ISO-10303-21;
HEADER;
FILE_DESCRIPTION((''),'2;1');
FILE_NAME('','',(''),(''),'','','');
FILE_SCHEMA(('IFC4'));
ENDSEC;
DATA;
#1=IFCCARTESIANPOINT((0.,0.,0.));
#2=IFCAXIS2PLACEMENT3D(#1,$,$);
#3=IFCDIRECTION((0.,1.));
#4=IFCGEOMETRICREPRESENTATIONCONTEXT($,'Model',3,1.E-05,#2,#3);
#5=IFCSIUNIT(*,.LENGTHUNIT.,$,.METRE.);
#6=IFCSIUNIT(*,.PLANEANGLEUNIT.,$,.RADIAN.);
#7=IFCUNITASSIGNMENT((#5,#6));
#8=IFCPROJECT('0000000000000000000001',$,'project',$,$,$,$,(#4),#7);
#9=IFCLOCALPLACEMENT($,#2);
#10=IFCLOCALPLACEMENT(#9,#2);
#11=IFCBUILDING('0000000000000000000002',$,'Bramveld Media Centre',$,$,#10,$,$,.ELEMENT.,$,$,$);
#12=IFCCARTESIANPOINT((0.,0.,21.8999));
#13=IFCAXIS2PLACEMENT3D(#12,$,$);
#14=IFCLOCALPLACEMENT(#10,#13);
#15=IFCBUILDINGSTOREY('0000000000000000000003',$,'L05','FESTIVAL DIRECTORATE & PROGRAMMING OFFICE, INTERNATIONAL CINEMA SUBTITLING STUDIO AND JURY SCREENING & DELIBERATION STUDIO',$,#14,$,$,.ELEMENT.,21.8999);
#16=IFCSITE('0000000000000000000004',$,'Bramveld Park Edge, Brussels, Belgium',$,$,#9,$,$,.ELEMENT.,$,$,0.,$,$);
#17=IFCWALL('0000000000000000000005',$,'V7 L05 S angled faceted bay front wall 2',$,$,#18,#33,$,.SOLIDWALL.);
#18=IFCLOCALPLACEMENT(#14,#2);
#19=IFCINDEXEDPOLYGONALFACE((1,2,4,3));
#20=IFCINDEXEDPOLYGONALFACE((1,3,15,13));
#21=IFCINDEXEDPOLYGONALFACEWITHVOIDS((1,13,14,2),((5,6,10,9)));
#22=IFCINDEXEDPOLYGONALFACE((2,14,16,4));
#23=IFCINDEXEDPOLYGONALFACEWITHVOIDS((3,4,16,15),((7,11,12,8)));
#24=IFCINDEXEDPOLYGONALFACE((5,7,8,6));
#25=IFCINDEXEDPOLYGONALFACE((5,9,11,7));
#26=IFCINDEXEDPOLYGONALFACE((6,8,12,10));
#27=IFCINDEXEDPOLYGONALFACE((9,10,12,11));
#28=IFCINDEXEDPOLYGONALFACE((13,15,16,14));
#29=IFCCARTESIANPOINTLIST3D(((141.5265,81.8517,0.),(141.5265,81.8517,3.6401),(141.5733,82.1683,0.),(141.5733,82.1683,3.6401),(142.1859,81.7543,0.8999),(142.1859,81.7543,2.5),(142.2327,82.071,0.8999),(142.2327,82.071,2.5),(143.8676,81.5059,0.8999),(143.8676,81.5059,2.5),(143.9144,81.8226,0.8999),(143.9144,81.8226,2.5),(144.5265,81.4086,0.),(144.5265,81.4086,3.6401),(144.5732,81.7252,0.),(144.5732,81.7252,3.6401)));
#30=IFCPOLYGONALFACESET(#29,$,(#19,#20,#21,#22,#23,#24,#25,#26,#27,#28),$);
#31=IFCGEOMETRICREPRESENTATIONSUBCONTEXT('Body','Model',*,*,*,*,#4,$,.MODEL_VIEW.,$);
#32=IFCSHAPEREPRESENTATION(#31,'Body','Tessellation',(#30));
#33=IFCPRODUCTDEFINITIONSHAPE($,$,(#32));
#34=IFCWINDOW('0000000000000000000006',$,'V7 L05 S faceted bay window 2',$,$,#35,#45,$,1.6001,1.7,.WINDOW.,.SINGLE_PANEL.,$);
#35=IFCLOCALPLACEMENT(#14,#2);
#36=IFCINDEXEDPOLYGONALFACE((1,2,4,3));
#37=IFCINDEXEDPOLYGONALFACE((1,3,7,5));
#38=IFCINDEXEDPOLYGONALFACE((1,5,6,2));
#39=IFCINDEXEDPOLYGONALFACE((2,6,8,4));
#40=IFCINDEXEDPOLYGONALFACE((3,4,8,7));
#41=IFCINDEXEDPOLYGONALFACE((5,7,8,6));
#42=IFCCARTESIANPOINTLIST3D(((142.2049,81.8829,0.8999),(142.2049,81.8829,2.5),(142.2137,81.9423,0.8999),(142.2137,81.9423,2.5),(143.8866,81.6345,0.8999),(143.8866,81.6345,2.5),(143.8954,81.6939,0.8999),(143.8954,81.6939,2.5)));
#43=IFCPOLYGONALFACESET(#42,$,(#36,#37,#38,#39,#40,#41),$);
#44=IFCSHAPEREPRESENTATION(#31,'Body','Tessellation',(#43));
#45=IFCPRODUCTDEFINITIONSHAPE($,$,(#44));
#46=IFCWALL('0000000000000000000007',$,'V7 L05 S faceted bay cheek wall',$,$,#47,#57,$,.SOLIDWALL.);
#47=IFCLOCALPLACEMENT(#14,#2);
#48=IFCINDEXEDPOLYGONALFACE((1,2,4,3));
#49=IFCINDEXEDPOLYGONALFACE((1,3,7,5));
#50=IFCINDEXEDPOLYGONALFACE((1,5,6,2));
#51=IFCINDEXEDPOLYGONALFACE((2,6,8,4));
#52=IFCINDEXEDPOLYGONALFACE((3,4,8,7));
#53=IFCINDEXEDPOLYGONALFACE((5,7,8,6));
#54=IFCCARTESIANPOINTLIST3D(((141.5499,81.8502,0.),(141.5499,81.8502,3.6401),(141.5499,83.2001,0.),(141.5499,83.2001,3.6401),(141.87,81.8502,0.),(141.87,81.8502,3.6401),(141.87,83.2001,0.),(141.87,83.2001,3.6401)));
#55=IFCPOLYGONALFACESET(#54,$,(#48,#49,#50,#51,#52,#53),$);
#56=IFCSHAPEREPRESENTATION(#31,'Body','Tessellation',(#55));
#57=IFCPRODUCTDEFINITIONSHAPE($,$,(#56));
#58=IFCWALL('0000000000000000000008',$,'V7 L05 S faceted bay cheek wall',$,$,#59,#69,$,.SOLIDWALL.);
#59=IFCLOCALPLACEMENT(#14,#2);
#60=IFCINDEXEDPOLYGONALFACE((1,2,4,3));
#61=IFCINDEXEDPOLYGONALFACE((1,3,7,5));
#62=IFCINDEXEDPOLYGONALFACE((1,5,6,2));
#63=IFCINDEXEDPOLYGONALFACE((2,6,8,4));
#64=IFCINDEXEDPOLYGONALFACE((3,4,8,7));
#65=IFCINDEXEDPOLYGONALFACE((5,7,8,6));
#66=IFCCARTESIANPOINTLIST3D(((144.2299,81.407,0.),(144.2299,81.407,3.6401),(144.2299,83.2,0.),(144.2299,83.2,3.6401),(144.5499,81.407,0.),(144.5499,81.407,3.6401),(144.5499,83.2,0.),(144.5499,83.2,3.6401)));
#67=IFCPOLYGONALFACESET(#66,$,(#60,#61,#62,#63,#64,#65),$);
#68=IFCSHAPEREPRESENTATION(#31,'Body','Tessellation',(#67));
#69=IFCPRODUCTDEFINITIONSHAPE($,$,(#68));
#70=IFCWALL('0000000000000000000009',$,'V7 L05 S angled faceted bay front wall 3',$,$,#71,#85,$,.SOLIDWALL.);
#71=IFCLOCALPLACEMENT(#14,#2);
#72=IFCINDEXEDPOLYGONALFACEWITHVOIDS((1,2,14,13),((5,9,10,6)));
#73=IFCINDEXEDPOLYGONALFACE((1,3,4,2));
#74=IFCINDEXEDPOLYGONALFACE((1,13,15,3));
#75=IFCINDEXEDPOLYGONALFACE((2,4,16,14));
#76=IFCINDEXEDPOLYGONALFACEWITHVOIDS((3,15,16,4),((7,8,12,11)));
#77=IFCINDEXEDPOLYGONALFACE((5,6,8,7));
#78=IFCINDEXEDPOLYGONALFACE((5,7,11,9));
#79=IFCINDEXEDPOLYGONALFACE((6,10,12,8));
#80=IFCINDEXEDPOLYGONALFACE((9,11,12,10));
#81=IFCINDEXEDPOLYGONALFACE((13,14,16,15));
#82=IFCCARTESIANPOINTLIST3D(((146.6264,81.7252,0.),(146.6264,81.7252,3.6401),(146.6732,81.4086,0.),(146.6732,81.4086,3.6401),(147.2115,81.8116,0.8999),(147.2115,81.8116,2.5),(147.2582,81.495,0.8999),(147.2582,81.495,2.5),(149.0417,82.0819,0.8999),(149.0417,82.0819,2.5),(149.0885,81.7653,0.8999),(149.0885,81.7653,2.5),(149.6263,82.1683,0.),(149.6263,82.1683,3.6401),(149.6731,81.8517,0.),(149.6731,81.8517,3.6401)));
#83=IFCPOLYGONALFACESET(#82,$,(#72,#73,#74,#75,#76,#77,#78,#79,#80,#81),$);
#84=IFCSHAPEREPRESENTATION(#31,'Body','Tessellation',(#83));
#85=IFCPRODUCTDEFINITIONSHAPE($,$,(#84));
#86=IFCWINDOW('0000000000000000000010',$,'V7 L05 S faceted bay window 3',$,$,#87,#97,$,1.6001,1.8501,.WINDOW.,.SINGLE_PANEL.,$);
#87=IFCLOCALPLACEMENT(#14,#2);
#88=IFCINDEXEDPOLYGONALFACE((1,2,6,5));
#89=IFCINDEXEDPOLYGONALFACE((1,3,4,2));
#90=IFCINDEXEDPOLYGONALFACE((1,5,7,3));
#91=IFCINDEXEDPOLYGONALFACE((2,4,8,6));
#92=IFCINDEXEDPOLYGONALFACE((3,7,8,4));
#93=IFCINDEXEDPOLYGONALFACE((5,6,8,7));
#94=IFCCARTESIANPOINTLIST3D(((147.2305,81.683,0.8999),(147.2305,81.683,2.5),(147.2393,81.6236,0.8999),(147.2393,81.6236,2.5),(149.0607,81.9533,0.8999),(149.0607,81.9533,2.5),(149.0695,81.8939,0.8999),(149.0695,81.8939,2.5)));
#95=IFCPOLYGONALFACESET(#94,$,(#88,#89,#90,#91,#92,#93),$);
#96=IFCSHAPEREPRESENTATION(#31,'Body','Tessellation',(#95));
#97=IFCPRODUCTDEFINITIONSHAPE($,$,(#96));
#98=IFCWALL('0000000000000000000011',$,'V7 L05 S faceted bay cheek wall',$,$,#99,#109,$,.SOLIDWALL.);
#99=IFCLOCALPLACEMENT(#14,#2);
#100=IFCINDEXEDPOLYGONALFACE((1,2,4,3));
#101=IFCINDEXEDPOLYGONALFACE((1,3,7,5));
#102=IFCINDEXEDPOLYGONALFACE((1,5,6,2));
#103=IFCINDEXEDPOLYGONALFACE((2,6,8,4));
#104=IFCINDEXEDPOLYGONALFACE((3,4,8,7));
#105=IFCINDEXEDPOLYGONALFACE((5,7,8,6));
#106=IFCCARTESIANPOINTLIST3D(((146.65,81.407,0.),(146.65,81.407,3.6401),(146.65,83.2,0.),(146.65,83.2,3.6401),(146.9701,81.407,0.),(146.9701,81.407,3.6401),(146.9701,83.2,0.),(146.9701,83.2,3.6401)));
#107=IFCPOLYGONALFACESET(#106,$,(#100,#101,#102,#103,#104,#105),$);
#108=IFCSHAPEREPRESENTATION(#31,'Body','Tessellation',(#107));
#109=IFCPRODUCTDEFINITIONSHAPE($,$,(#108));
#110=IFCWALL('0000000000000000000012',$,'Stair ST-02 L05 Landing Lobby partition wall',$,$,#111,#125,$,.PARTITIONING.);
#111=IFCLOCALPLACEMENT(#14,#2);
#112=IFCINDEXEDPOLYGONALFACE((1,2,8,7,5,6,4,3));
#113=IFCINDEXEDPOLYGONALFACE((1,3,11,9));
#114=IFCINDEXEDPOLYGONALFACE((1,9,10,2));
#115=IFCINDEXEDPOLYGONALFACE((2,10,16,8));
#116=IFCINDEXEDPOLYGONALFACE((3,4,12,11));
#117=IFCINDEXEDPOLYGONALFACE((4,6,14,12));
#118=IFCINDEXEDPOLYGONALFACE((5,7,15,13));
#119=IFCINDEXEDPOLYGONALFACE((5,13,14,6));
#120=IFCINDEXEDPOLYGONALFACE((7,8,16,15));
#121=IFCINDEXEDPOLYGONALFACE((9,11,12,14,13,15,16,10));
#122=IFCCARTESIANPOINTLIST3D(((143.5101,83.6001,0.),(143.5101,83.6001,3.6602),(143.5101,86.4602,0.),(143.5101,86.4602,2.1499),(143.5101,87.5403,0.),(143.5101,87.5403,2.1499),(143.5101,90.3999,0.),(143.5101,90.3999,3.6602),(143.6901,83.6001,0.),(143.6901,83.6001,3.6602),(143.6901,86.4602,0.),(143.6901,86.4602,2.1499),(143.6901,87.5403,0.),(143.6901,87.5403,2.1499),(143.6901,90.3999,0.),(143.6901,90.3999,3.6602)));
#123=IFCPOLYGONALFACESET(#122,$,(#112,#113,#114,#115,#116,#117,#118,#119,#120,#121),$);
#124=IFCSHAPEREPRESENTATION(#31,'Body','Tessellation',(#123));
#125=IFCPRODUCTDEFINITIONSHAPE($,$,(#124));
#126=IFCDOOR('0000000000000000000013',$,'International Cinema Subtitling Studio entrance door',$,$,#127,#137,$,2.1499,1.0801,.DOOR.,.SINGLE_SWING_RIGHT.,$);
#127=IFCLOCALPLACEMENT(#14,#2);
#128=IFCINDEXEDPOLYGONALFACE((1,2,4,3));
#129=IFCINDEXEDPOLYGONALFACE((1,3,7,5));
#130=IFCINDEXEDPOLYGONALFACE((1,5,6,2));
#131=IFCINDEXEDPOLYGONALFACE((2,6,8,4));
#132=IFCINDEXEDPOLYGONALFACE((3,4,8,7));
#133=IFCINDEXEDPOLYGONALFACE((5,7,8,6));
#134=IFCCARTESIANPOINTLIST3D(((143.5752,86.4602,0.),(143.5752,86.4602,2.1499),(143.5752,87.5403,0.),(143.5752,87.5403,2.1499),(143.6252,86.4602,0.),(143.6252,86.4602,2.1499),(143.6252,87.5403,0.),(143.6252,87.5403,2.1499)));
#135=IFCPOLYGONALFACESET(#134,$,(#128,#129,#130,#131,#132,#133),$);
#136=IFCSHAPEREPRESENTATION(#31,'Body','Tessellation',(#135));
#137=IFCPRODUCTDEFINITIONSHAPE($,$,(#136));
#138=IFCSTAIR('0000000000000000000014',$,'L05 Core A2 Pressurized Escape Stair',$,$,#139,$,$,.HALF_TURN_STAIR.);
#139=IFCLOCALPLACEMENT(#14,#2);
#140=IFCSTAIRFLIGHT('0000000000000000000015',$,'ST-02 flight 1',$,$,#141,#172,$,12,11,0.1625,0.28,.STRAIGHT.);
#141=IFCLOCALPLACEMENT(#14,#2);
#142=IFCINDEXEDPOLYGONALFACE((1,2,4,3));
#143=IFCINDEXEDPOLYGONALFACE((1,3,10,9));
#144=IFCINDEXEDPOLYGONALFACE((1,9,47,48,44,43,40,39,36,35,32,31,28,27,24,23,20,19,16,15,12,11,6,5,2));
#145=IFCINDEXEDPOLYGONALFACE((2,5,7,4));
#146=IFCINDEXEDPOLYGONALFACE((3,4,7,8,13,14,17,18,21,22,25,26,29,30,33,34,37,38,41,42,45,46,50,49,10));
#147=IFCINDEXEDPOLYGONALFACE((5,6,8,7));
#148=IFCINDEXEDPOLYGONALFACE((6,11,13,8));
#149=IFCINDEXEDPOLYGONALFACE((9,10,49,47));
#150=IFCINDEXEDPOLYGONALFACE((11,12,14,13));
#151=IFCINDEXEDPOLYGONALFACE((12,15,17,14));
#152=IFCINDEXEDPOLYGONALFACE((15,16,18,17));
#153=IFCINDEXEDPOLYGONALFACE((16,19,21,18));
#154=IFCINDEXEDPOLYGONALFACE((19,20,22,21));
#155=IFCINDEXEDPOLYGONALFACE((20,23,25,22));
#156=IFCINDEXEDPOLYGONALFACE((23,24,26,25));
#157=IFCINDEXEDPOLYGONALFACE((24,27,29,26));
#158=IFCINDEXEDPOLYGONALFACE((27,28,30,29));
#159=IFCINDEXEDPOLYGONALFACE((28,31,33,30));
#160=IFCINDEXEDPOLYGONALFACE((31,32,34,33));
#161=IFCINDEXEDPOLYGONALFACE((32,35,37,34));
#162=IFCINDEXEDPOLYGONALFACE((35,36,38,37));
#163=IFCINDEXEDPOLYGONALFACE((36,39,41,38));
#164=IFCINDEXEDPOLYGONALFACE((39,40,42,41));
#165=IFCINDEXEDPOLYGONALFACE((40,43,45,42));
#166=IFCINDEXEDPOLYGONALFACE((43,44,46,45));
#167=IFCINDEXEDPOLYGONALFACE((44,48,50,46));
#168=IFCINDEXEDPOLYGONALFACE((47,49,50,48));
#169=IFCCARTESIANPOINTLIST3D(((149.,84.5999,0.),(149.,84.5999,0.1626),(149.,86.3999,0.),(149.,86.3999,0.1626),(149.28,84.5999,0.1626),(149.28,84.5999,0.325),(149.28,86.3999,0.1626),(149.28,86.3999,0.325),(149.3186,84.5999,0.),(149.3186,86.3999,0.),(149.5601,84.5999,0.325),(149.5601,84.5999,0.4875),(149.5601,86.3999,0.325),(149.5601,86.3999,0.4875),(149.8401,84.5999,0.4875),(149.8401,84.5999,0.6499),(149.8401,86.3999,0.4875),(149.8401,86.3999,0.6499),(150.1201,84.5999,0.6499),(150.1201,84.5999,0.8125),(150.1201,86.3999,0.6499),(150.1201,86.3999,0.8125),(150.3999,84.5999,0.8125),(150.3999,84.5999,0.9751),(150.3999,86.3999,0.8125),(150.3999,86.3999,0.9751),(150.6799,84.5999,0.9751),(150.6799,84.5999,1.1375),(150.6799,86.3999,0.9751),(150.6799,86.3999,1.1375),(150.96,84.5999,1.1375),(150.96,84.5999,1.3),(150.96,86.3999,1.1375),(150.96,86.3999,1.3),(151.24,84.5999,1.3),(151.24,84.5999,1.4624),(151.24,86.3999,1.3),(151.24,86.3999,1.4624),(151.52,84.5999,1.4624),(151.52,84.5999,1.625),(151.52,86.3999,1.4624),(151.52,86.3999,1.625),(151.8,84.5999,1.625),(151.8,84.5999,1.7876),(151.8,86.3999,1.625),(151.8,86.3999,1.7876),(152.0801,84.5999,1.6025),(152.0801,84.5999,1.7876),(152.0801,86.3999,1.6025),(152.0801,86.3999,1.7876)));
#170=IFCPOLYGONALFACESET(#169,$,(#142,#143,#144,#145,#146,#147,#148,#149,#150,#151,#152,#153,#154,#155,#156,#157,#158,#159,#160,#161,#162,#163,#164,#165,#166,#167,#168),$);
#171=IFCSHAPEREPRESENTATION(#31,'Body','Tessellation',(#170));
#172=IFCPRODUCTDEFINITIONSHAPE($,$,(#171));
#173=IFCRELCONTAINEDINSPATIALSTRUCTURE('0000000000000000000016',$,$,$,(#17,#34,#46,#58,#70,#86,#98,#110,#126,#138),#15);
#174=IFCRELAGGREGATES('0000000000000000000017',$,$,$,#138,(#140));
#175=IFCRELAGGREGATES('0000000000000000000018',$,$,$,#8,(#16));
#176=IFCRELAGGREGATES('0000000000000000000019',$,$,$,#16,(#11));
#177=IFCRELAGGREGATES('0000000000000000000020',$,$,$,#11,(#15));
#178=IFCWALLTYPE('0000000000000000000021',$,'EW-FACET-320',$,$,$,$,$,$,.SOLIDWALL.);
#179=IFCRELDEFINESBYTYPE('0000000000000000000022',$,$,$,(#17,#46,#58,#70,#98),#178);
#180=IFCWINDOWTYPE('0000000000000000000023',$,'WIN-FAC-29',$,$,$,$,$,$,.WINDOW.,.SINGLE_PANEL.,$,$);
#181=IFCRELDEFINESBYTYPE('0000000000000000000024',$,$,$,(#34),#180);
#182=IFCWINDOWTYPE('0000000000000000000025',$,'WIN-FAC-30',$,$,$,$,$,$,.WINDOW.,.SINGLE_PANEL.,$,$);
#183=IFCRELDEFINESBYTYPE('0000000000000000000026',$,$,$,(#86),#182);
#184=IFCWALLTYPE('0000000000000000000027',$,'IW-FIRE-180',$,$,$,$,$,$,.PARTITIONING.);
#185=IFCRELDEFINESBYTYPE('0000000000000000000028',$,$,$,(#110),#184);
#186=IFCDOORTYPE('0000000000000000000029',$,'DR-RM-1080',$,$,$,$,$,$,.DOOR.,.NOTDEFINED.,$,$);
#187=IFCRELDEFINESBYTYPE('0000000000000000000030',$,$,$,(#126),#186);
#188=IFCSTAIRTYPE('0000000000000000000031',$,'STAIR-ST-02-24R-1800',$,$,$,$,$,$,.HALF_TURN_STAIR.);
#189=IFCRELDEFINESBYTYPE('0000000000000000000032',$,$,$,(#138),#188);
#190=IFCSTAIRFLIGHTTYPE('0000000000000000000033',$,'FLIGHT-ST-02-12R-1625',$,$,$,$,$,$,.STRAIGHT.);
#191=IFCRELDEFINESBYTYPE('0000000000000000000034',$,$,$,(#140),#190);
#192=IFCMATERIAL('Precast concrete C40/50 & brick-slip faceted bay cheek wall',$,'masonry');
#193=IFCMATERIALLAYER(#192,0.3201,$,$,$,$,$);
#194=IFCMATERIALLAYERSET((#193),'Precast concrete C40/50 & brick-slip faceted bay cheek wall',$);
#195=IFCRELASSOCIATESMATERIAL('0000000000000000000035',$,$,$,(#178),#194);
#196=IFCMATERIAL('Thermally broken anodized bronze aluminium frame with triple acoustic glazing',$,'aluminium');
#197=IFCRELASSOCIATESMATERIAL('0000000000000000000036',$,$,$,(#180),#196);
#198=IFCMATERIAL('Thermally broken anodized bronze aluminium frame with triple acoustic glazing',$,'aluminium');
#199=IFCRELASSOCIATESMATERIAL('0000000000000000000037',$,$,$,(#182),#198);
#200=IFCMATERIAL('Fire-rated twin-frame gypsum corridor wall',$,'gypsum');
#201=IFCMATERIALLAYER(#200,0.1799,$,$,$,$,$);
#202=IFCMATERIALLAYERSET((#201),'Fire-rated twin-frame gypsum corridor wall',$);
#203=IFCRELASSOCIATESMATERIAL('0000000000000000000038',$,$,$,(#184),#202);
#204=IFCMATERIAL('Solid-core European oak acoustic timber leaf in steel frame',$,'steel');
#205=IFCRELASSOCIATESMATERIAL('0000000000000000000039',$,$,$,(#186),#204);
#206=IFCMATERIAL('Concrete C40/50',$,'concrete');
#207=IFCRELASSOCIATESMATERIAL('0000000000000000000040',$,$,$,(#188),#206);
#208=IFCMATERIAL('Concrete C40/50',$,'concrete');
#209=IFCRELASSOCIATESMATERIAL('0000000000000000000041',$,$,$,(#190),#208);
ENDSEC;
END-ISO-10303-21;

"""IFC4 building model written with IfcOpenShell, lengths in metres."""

from ifc_helpers import new_model, si_unit, direction, frame, frame_2d, origin, place, context, subcontext, project, spatial, polyline, rectangle, outline, extrude, material, layer, layer_set, type_object, element, fill, aggregate, save


model = new_model("IFC4")

# Units and contexts
model_context = context("Model", 3, precision=1e-05, world=origin(), true_north=direction((0.0, 1.0)))
body_context = subcontext(model_context, "Body", "Model", "MODEL_VIEW")
ifc_project = project(units=[si_unit("LENGTHUNIT", "METRE"), si_unit("PLANEANGLEUNIT", "RADIAN")], contexts=[model_context])

# Site, building, storey
site_placement = place(None, origin())
site = spatial("IfcSite", under=ifc_project, at=site_placement, Name="Bramveld Park Edge, Brussels, Belgium", CompositionType="ELEMENT", RefElevation=0.0)
building_placement = place(site_placement, origin())
building = spatial("IfcBuilding", under=site, at=building_placement, Name="Bramveld Media Centre", CompositionType="ELEMENT")
storey_placement = place(building_placement, frame((0.0, 0.0, 21.8999)))
storey = spatial("IfcBuildingStorey", under=building, at=storey_placement, Name="L05", Description="FESTIVAL DIRECTORATE & PROGRAMMING OFFICE, INTERNATIONAL CINEMA SUBTITLING STUDIO AND JURY SCREENING & DELIBERATION STUDIO", CompositionType="ELEMENT", Elevation=21.8999)

# Wall, opening, window
ifc_material_1 = material(Name="Precast concrete C40/50 & brick-slip faceted bay cheek wall", Category="masonry")
ifc_layer_1 = layer(ifc_material_1, 0.3201)
ifc_layer_set_1 = layer_set([ifc_layer_1], Name="Precast concrete C40/50 & brick-slip faceted bay cheek wall")
wall_type_1 = type_object("IfcWallType", Name="EW-FACET-320", PredefinedType="SOLIDWALL", material=ifc_layer_set_1)
wall_1_placement = place(storey_placement, frame((141.55, 82.01, 0.0), z_axis=(0.0, 0.0, 1.0), x_axis=(0.989267, -0.14612, 0.0)))
wall_1 = element("IfcWall", 1, at=wall_1_placement, inside=storey, type_object=wall_type_1, Name="V7 L05 S angled faceted bay front wall 2", PredefinedType="SOLIDWALL", context=body_context, shape_type="SweptSolid", body=[
    extrude(rectangle(XDim=3.0325, YDim=0.3201, at=frame_2d((1.5161, 0.0))), origin(), (0.0, 0.0, 1.0), 3.6401),
])
opening_1_placement = place(wall_1_placement, frame((0.6663, 0.0, 0.8999)))
opening_1 = element("IfcOpeningElement", 2, at=opening_1_placement, cuts=wall_1, PredefinedType="OPENING", context=body_context, shape_type="SweptSolid", body=[
    extrude(rectangle(XDim=1.7, YDim=1.6001, at=frame_2d((0.8501, 0.8))), frame((0.0, 0.1719, 0.0), z_axis=(0.0, -1.0, 0.0), x_axis=(1.0, 0.0, 0.0)), (0.0, 0.0, 1.0), 0.344),
])
ifc_material_2 = material(Name="Thermally broken anodized bronze aluminium frame with triple acoustic glazing", Category="aluminium")
window_type_1 = type_object("IfcWindowType", Name="WIN-FAC-29", PartitioningType="SINGLE_PANEL", PredefinedType="WINDOW", material=ifc_material_2)
window_1_placement = place(opening_1_placement, origin())
window_1 = element("IfcWindow", 3, at=window_1_placement, inside=storey, type_object=window_type_1, Name="V7 L05 S faceted bay window 2", OverallHeight=1.6001, OverallWidth=1.7, PartitioningType="SINGLE_PANEL", PredefinedType="WINDOW", context=body_context, shape_type="SweptSolid", body=[
    extrude(rectangle(XDim=1.7, YDim=1.6001, at=frame_2d((0.8501, 0.8))), frame((0.0, 0.03, 0.0), z_axis=(0.0, -1.0, 0.0), x_axis=(1.0, 0.0, 0.0)), (0.0, 0.0, 1.0), 0.0601),
])
fill(opening_1, window_1)

# Walls
wall_2_placement = place(storey_placement, frame((141.71, 83.2, 0.0), z_axis=(0.0, 0.0, 1.0), x_axis=(0.0, -1.0, 0.0)))
element("IfcWall", 4, at=wall_2_placement, inside=storey, type_object=wall_type_1, Name="V7 L05 S faceted bay cheek wall", PredefinedType="SOLIDWALL", context=body_context, shape_type="SweptSolid", body=[
    extrude(rectangle(XDim=1.3499, YDim=0.3201, at=frame_2d((0.6748, 0.0))), origin(), (0.0, 0.0, 1.0), 3.6401),
])
wall_3_placement = place(storey_placement, frame((144.3899, 83.2, 0.0), z_axis=(0.0, 0.0, 1.0), x_axis=(0.0, -1.0, 0.0)))
element("IfcWall", 5, at=wall_3_placement, inside=storey, type_object=wall_type_1, Name="V7 L05 S faceted bay cheek wall", PredefinedType="SOLIDWALL", context=body_context, shape_type="SweptSolid", body=[
    extrude(rectangle(XDim=1.793, YDim=0.3201, at=frame_2d((0.8965, 0.0))), origin(), (0.0, 0.0, 1.0), 3.6401),
])

# Wall, opening, window
wall_4_placement = place(storey_placement, frame((146.6499, 81.5669, 0.0), z_axis=(0.0, 0.0, 1.0), x_axis=(0.989267, 0.14612, 0.0)))
wall_4 = element("IfcWall", 6, at=wall_4_placement, inside=storey, type_object=wall_type_1, Name="V7 L05 S angled faceted bay front wall 3", PredefinedType="SOLIDWALL", context=body_context, shape_type="SweptSolid", body=[
    extrude(rectangle(XDim=3.0325, YDim=0.3201, at=frame_2d((1.5161, 0.0))), origin(), (0.0, 0.0, 1.0), 3.6401),
])
opening_2_placement = place(wall_4_placement, frame((0.5913, 0.0, 0.8999)))
opening_2 = element("IfcOpeningElement", 7, at=opening_2_placement, cuts=wall_4, PredefinedType="OPENING", context=body_context, shape_type="SweptSolid", body=[
    extrude(rectangle(XDim=1.8501, YDim=1.6001, at=frame_2d((0.925, 0.8))), frame((0.0, 0.1719, 0.0), z_axis=(0.0, -1.0, 0.0), x_axis=(1.0, 0.0, 0.0)), (0.0, 0.0, 1.0), 0.344),
])
ifc_material_3 = material(Name="Thermally broken anodized bronze aluminium frame with triple acoustic glazing", Category="aluminium")
window_type_2 = type_object("IfcWindowType", Name="WIN-FAC-30", PartitioningType="SINGLE_PANEL", PredefinedType="WINDOW", material=ifc_material_3)
window_2_placement = place(opening_2_placement, origin())
window_2 = element("IfcWindow", 8, at=window_2_placement, inside=storey, type_object=window_type_2, Name="V7 L05 S faceted bay window 3", OverallHeight=1.6001, OverallWidth=1.8501, PartitioningType="SINGLE_PANEL", PredefinedType="WINDOW", context=body_context, shape_type="SweptSolid", body=[
    extrude(rectangle(XDim=1.8501, YDim=1.6001, at=frame_2d((0.925, 0.8))), frame((0.0, 0.03, 0.0), z_axis=(0.0, -1.0, 0.0), x_axis=(1.0, 0.0, 0.0)), (0.0, 0.0, 1.0), 0.0601),
])
fill(opening_2, window_2)

# Wall
wall_5_placement = place(storey_placement, frame((146.8101, 83.2, 0.0), z_axis=(0.0, 0.0, 1.0), x_axis=(0.0, -1.0, 0.0)))
element("IfcWall", 9, at=wall_5_placement, inside=storey, type_object=wall_type_1, Name="V7 L05 S faceted bay cheek wall", PredefinedType="SOLIDWALL", context=body_context, shape_type="SweptSolid", body=[
    extrude(rectangle(XDim=1.793, YDim=0.3201, at=frame_2d((0.8965, 0.0))), origin(), (0.0, 0.0, 1.0), 3.6401),
])

# Wall, opening, door
ifc_material_4 = material(Name="Fire-rated twin-frame gypsum corridor wall", Category="gypsum")
ifc_layer_2 = layer(ifc_material_4, 0.1799)
ifc_layer_set_2 = layer_set([ifc_layer_2], Name="Fire-rated twin-frame gypsum corridor wall")
wall_type_2 = type_object("IfcWallType", Name="IW-FIRE-180", PredefinedType="PARTITIONING", material=ifc_layer_set_2)
wall_6_placement = place(storey_placement, frame((143.6001, 83.6001, 0.0), z_axis=(0.0, 0.0, 1.0), x_axis=(0.0, 1.0, 0.0)))
wall_6 = element("IfcWall", 10, at=wall_6_placement, inside=storey, type_object=wall_type_2, Name="Stair ST-02 L05 Landing Lobby partition wall", PredefinedType="PARTITIONING", context=body_context, shape_type="SweptSolid", body=[
    extrude(rectangle(XDim=6.7998, YDim=0.1799, at=frame_2d((3.3999, 0.0))), origin(), (0.0, 0.0, 1.0), 3.6602),
])
opening_3_placement = place(wall_6_placement, frame((2.8601, 0.0, 0.0)))
opening_3 = element("IfcOpeningElement", 11, at=opening_3_placement, cuts=wall_6, PredefinedType="OPENING", context=body_context, shape_type="SweptSolid", body=[
    extrude(rectangle(XDim=1.0801, YDim=2.1499, at=frame_2d((0.54, 1.075))), frame((0.0, 0.1021, 0.0), z_axis=(0.0, -1.0, 0.0), x_axis=(1.0, 0.0, 0.0)), (0.0, 0.0, 1.0), 0.2039),
])
ifc_material_5 = material(Name="Solid-core European oak acoustic timber leaf in steel frame", Category="steel")
door_type = type_object("IfcDoorType", Name="DR-RM-1080", OperationType="NOTDEFINED", PredefinedType="DOOR", material=ifc_material_5)
door_placement = place(opening_3_placement, origin())
door = element("IfcDoor", 12, at=door_placement, inside=storey, type_object=door_type, Name="International Cinema Subtitling Studio entrance door", OperationType="SINGLE_SWING_RIGHT", OverallHeight=2.1499, OverallWidth=1.0801, PredefinedType="DOOR", context=body_context, shape_type="SweptSolid", body=[
    extrude(rectangle(XDim=1.0801, YDim=2.1499, at=frame_2d((0.54, 1.075))), frame((0.0, 0.0249, 0.0), z_axis=(0.0, -1.0, 0.0), x_axis=(1.0, 0.0, 0.0)), (0.0, 0.0, 1.0), 0.05),
])
fill(opening_3, door)

# Stair, stair flight
ifc_material_6 = material(Name="Concrete C40/50", Category="concrete")
stair_type = type_object("IfcStairType", Name="STAIR-ST-02-24R-1800", PredefinedType="HALF_TURN_STAIR", material=ifc_material_6)
stair_placement = place(storey_placement, origin())
stair = element("IfcStair", 13, at=stair_placement, inside=storey, type_object=stair_type, Name="L05 Core A2 Pressurized Escape Stair", PredefinedType="HALF_TURN_STAIR")
ifc_material_7 = material(Name="Concrete C40/50", Category="concrete")
stair_flight_type = type_object("IfcStairFlightType", Name="FLIGHT-ST-02-12R-1625", PredefinedType="STRAIGHT", material=ifc_material_7)
stair_flight_placement = place(storey_placement, frame((149.0, 85.5, 0.0), z_axis=(0.0, 0.0, 1.0), x_axis=(1.0, 0.0, 0.0)))
stair_flight = element("IfcStairFlight", 14, at=stair_flight_placement, type_object=stair_flight_type, Name="ST-02 flight 1", NumberOfRisers=12, NumberOfTreads=11, PredefinedType="STRAIGHT", RiserHeight=0.1625, TreadLength=0.28, context=body_context, shape_type="SweptSolid", body=[
    extrude(outline(polyline([(0.0, 0.0), (0.0, 0.1626), (0.28, 0.1626), (0.28, 0.325), (0.5601, 0.325), (0.5601, 0.4875), (0.8401, 0.4875), (0.8401, 0.6499), (1.1201, 0.6499), (1.1201, 0.8125), (1.3999, 0.8125), (1.3999, 0.9751), (1.6799, 0.9751), (1.6799, 1.1375), (1.96, 1.1375), (1.96, 1.3), (2.24, 1.3), (2.24, 1.4624), (2.52, 1.4624), (2.52, 1.625), (2.8, 1.625), (2.8, 1.7876), (3.0801, 1.7876), (3.0801, 1.95), (3.0801, 1.6025), (0.3186, 0.0), (0.0, 0.0)])), frame((0.0, 0.8999, 0.0), z_axis=(0.0, -1.0, 0.0), x_axis=(1.0, 0.0, 0.0)), (0.0, 0.0, 1.0), 1.8),
])
aggregate(stair, [stair_flight])

save(model, "model.ifc")
